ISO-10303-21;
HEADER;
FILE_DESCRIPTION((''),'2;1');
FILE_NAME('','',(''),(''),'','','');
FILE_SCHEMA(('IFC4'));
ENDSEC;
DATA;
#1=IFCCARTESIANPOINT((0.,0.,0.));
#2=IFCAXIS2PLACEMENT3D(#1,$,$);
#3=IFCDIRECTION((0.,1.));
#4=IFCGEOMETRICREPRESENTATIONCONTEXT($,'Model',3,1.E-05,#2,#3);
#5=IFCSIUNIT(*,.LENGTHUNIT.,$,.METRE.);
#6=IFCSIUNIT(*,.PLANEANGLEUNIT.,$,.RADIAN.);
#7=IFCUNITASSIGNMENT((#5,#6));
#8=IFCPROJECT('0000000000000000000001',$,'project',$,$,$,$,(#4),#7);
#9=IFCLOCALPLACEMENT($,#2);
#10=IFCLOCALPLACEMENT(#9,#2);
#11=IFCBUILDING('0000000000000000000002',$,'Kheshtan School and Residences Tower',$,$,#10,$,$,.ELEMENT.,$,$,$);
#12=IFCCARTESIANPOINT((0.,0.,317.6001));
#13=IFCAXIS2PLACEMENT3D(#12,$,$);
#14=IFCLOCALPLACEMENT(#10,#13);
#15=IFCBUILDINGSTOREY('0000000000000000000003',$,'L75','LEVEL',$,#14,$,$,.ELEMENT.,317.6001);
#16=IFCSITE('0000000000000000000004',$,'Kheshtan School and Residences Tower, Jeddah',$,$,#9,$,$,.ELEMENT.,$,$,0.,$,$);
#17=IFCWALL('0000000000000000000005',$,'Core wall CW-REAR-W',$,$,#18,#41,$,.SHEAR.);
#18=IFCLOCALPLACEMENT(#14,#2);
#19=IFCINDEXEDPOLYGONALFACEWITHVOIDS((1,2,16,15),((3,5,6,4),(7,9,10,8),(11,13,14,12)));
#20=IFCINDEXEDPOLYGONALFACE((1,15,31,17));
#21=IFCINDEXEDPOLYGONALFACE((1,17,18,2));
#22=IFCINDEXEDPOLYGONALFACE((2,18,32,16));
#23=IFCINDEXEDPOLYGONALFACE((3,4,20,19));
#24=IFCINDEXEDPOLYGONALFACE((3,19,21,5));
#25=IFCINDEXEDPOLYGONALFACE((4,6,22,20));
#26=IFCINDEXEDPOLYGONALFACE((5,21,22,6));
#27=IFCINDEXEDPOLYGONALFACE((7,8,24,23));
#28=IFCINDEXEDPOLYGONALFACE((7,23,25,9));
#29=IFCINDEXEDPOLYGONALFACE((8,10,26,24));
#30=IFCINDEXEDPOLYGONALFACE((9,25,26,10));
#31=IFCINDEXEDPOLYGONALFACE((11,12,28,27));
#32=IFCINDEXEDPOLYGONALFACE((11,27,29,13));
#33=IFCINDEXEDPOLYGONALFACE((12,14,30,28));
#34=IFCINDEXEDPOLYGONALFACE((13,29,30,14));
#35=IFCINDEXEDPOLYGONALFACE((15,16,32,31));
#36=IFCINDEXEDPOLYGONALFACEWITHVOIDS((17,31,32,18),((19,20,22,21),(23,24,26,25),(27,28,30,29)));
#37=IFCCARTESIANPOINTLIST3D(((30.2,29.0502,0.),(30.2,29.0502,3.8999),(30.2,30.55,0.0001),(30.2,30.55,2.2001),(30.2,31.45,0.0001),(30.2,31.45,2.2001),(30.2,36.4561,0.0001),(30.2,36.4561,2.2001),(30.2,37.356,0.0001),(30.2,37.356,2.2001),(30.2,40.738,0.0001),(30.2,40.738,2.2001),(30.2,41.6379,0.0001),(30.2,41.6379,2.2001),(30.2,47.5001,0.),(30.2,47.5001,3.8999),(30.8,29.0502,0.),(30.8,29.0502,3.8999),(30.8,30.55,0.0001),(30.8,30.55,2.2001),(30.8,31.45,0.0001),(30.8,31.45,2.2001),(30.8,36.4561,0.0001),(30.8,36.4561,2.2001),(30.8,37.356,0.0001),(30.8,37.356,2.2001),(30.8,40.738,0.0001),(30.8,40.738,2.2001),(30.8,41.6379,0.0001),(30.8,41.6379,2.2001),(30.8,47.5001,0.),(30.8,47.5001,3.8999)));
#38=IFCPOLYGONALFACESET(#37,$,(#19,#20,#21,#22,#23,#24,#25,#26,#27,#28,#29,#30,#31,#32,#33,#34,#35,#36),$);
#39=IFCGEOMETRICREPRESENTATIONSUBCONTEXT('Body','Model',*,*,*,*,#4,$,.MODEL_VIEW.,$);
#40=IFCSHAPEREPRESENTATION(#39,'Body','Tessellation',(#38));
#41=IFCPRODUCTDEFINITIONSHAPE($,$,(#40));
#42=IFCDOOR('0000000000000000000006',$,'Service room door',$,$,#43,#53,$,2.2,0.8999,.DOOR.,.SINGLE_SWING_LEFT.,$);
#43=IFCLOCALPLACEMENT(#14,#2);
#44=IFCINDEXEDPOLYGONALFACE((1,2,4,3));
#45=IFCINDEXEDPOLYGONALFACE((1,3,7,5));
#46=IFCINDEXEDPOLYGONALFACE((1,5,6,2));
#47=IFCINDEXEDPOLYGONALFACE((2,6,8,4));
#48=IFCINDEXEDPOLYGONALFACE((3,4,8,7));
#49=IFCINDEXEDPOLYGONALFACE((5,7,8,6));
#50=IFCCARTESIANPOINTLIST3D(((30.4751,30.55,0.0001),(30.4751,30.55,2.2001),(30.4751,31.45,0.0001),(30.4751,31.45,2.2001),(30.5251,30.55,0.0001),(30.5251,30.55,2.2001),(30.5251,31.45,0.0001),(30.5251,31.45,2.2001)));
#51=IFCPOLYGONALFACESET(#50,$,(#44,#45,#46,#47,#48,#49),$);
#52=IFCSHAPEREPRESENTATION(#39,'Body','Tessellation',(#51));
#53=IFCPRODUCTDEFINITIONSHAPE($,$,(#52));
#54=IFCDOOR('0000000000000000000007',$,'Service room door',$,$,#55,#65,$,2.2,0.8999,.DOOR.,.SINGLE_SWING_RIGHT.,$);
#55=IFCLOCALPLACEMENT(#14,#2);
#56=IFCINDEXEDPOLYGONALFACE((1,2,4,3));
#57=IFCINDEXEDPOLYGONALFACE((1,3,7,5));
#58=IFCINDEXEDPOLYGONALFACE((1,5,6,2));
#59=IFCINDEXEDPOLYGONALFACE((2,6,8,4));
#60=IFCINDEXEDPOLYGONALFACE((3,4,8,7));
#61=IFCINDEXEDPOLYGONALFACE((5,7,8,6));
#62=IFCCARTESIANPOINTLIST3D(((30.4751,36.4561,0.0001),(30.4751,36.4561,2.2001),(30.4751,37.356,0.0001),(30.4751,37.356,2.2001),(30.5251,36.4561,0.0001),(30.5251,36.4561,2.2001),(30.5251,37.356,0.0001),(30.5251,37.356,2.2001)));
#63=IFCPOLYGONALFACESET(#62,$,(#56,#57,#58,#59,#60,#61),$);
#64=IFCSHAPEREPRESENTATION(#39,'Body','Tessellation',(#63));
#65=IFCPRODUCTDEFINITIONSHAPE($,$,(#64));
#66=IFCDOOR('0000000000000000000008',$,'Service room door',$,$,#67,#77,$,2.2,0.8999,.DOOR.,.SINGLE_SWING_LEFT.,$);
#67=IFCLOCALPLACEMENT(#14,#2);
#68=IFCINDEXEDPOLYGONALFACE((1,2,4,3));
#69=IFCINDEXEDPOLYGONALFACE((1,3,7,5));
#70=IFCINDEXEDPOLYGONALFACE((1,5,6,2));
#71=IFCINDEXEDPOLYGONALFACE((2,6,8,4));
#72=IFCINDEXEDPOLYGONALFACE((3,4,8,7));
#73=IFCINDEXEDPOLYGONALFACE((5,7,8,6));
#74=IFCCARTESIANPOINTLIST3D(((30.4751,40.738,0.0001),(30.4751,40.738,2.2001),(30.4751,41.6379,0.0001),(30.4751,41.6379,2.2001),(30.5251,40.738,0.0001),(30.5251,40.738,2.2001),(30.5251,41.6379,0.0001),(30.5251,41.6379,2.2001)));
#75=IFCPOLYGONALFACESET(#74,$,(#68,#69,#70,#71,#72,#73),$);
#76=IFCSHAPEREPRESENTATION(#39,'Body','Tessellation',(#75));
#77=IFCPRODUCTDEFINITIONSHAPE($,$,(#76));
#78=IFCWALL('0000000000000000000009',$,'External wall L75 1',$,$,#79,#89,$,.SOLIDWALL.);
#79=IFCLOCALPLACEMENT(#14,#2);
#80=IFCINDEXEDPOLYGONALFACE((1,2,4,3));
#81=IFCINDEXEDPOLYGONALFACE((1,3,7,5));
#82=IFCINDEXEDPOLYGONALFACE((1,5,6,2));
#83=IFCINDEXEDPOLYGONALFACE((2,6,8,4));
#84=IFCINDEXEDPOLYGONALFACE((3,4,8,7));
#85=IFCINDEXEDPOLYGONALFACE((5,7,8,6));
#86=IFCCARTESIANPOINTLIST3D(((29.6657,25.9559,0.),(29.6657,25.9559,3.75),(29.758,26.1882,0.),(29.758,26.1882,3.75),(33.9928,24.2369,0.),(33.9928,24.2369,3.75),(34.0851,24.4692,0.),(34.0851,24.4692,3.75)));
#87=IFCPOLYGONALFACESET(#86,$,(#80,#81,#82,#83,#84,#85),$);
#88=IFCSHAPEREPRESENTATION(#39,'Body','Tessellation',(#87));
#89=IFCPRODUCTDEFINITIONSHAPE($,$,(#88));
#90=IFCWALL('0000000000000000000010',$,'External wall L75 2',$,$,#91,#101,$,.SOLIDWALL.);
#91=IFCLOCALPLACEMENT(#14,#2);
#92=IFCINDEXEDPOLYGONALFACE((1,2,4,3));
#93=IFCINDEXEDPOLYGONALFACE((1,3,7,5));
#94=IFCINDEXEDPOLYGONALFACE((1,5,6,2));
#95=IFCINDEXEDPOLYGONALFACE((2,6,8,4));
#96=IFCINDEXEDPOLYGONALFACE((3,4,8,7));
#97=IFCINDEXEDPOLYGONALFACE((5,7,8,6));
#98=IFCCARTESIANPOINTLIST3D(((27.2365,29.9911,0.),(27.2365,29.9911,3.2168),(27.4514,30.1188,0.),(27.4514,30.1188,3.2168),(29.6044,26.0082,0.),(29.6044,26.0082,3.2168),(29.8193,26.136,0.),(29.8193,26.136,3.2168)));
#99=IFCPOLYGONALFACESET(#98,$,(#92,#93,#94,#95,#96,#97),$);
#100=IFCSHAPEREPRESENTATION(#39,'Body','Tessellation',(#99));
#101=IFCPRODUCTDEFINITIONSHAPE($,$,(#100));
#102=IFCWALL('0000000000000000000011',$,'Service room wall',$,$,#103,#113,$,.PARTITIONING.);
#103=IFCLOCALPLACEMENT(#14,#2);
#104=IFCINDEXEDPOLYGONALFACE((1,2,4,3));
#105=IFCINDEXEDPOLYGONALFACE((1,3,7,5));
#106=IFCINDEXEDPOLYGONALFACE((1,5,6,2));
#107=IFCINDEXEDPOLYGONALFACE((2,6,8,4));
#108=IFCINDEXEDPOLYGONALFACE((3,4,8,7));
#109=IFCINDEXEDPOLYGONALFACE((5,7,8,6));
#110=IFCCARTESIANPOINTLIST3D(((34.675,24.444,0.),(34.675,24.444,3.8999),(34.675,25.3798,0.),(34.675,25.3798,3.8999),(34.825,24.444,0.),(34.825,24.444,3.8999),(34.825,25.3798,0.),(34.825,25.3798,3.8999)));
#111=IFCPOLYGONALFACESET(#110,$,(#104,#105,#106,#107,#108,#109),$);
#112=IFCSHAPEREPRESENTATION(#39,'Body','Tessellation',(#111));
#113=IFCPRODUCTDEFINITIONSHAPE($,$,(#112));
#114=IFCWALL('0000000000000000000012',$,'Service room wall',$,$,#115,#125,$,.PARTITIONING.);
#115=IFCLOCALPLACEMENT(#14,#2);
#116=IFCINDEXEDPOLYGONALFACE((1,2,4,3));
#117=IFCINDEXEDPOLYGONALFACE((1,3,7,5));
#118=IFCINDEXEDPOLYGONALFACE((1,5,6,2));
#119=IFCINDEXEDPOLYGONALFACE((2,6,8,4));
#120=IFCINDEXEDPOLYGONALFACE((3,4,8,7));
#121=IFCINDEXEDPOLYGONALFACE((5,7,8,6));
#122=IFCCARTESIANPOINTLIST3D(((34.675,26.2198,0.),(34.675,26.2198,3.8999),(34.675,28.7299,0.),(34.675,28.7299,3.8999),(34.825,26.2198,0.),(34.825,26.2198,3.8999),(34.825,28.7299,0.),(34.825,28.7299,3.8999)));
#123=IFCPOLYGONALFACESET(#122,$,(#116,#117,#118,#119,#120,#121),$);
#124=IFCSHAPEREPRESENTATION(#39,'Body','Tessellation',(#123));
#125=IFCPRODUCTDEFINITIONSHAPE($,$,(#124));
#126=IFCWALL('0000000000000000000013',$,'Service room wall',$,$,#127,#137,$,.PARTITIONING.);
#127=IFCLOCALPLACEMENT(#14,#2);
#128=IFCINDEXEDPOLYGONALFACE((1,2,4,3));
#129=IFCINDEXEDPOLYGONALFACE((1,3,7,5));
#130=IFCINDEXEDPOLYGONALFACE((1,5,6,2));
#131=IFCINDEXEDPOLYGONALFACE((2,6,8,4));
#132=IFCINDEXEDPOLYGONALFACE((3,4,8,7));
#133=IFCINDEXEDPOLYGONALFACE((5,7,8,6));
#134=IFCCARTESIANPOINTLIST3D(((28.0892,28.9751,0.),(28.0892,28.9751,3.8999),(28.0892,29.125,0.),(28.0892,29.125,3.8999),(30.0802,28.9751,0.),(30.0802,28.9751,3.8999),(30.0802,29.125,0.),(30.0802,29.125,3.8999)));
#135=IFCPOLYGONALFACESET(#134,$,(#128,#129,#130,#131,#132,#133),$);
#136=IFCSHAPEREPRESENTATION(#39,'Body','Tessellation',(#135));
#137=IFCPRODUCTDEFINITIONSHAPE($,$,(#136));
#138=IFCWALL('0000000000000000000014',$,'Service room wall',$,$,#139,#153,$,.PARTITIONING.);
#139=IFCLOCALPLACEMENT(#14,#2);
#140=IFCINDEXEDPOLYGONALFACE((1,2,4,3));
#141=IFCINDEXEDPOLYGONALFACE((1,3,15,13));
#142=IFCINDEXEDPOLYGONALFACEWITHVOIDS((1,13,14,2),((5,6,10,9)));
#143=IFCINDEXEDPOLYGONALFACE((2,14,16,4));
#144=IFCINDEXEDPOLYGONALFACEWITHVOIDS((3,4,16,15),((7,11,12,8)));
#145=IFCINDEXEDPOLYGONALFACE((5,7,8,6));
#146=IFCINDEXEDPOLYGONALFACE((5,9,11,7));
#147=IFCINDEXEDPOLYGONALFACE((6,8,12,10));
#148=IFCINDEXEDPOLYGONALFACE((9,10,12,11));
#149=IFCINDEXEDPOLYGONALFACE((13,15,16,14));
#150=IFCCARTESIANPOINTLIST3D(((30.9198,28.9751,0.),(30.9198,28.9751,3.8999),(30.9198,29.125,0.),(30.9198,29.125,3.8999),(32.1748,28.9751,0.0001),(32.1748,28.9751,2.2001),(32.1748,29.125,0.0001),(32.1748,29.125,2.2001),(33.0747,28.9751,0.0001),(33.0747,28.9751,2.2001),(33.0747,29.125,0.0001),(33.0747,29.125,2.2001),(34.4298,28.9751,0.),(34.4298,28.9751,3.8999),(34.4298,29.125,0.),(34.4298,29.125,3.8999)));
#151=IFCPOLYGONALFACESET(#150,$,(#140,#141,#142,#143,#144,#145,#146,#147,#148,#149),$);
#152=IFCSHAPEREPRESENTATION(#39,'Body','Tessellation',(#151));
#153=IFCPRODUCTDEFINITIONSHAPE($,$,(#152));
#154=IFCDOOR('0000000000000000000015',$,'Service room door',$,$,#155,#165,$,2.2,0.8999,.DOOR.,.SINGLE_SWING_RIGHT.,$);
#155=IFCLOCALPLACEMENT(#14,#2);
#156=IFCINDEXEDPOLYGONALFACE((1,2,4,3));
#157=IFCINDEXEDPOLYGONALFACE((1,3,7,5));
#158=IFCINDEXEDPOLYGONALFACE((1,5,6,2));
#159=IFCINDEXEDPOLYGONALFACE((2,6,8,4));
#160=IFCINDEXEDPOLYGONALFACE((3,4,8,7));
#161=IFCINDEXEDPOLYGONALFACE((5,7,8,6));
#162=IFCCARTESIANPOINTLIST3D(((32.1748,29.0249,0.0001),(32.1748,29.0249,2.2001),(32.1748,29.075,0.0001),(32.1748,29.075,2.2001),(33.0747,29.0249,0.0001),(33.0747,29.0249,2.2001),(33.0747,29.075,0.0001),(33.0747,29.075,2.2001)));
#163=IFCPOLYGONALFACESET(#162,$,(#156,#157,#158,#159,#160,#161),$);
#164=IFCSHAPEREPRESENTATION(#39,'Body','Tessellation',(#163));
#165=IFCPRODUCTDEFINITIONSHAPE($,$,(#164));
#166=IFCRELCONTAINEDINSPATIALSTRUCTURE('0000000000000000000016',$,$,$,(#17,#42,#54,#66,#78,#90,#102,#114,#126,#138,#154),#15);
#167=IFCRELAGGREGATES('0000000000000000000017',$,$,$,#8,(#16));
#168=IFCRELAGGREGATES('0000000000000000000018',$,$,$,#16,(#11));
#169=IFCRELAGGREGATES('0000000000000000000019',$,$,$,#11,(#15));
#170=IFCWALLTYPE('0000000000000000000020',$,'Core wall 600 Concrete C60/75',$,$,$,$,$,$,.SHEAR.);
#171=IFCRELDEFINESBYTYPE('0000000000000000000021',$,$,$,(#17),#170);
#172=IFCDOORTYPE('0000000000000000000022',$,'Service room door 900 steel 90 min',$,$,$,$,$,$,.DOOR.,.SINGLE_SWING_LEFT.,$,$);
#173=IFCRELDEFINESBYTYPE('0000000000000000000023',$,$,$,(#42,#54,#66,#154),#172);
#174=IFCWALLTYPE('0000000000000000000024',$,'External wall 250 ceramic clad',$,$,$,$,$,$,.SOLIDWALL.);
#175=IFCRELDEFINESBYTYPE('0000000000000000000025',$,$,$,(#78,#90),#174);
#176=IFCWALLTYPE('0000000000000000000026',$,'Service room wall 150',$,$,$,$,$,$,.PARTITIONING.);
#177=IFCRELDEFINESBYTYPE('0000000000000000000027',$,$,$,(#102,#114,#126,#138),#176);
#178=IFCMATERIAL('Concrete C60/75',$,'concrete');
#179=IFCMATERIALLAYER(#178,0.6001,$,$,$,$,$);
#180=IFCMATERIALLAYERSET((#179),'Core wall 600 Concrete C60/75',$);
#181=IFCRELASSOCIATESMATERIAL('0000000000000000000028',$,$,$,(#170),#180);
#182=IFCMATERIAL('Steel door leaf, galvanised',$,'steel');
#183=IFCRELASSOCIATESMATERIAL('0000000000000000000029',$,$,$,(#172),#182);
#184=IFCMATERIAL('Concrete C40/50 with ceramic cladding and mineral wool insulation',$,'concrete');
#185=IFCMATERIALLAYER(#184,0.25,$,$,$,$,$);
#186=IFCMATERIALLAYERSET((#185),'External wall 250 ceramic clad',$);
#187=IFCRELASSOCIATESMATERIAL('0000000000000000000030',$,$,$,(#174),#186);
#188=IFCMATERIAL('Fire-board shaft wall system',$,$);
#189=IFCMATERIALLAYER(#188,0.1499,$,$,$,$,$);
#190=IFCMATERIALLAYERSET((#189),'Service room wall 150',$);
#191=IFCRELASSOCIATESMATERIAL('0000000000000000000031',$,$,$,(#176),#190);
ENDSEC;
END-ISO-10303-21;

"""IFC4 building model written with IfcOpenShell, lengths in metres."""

from ifc_helpers import new_model, si_unit, direction, frame, frame_2d, origin, place, context, subcontext, project, spatial, rectangle, extrude, source, transform, mapped, material, layer, layer_set, type_object, element, fill, save


model = new_model("IFC4")

# Units and contexts
model_context = context("Model", 3, precision=1e-05, world=origin(), true_north=direction((0.0, 1.0)))
body_context = subcontext(model_context, "Body", "Model", "MODEL_VIEW")
ifc_project = project(units=[si_unit("LENGTHUNIT", "METRE"), si_unit("PLANEANGLEUNIT", "RADIAN")], contexts=[model_context])

# Site, building, storey
site_placement = place(None, origin())
site = spatial("IfcSite", under=ifc_project, at=site_placement, Name="Kheshtan School and Residences Tower, Jeddah", CompositionType="ELEMENT", RefElevation=0.0)
building_placement = place(site_placement, origin())
building = spatial("IfcBuilding", under=site, at=building_placement, Name="Kheshtan School and Residences Tower", CompositionType="ELEMENT")
storey_placement = place(building_placement, frame((0.0, 0.0, 317.6001)))
storey = spatial("IfcBuildingStorey", under=building, at=storey_placement, Name="L75", Description="LEVEL", CompositionType="ELEMENT", Elevation=317.6001)

# Shared definitions
ifc_material_1 = material(Name="Concrete C60/75", Category="concrete")
ifc_layer_1 = layer(ifc_material_1, 0.6001)
ifc_layer_set_1 = layer_set([ifc_layer_1], Name="Core wall 600 Concrete C60/75")
wall_type_1 = type_object("IfcWallType", Name="Core wall 600 Concrete C60/75", PredefinedType="SHEAR", material=ifc_layer_set_1)

# Wall, openings, doors
wall_1_placement = place(storey_placement, frame((30.5, 29.05, 0.0), z_axis=(0.0, 0.0, 1.0), x_axis=(0.0, 1.0, 0.0)))
wall_1 = element("IfcWall", 1, at=wall_1_placement, inside=storey, type_object=wall_type_1, Name="Core wall CW-REAR-W", PredefinedType="SHEAR", context=body_context, shape_type="SweptSolid", body=[
    extrude(rectangle(XDim=18.45, YDim=0.6001, at=frame_2d((9.2251, 0.0))), origin(), (0.0, 0.0, 1.0), 3.8999),
])
opening_1_placement = place(wall_1_placement, frame((1.5, 0.0, 0.0)))
opening_1 = element("IfcOpeningElement", 2, at=opening_1_placement, cuts=wall_1, PredefinedType="OPENING", context=body_context, shape_type="SweptSolid", body=[
    extrude(rectangle(XDim=0.8999, YDim=2.2, at=frame_2d((0.45, 1.1001))), frame((0.0, 0.3101, 0.0), z_axis=(0.0, -1.0, 0.0), x_axis=(1.0, 0.0, 0.0)), (0.0, 0.0, 1.0), 0.6201),
])
opening_2_placement = place(wall_1_placement, frame((7.406, 0.0, 0.0)))
opening_2 = element("IfcOpeningElement", 3, at=opening_2_placement, cuts=wall_1, PredefinedType="OPENING", context=body_context, shape_type="SweptSolid", body=[
    extrude(rectangle(XDim=0.8999, YDim=2.2, at=frame_2d((0.45, 1.1001))), frame((0.0, 0.3101, 0.0), z_axis=(0.0, -1.0, 0.0), x_axis=(1.0, 0.0, 0.0)), (0.0, 0.0, 1.0), 0.6201),
])
opening_3_placement = place(wall_1_placement, frame((11.688, 0.0, 0.0)))
opening_3 = element("IfcOpeningElement", 4, at=opening_3_placement, cuts=wall_1, PredefinedType="OPENING", context=body_context, shape_type="SweptSolid", body=[
    extrude(rectangle(XDim=0.8999, YDim=2.2, at=frame_2d((0.45, 1.1001))), frame((0.0, 0.3101, 0.0), z_axis=(0.0, -1.0, 0.0), x_axis=(1.0, 0.0, 0.0)), (0.0, 0.0, 1.0), 0.6201),
])
ifc_material_2 = material(Name="Steel door leaf, galvanised", Category="steel")
door_type = type_object("IfcDoorType", Name="Service room door 900 steel 90 min", OperationType="SINGLE_SWING_LEFT", PredefinedType="DOOR", material=ifc_material_2)
shared_shape = source(origin(), body_context, "Body", "SweptSolid", [
    extrude(rectangle(XDim=0.8999, YDim=2.2, at=frame_2d((0.45, 1.1001))), frame((0.0, 0.0249, 0.0), z_axis=(0.0, -1.0, 0.0), x_axis=(1.0, 0.0, 0.0)), (0.0, 0.0, 1.0), 0.05),
])
door_1_placement = place(opening_1_placement, origin())
door_1 = element("IfcDoor", 5, at=door_1_placement, inside=storey, type_object=door_type, Name="Service room door", OperationType="SINGLE_SWING_LEFT", OverallHeight=2.2, OverallWidth=0.8999, PredefinedType="DOOR", context=body_context, shape_type="MappedRepresentation", body=[
    mapped(shared_shape, transform((0.0, 0.0, 0.0), x_axis=(1.0, 0.0, 0.0), y_axis=(0.0, 1.0, 0.0), z_axis=(0.0, 0.0, 1.0), scale=1.0)),
])
fill(opening_1, door_1)
door_2_placement = place(opening_2_placement, origin())
door_2 = element("IfcDoor", 6, at=door_2_placement, inside=storey, type_object=door_type, Name="Service room door", OperationType="SINGLE_SWING_RIGHT", OverallHeight=2.2, OverallWidth=0.8999, PredefinedType="DOOR", context=body_context, shape_type="MappedRepresentation", body=[
    mapped(shared_shape, transform((0.0, 0.0, 0.0), x_axis=(1.0, 0.0, 0.0), y_axis=(0.0, 1.0, 0.0), z_axis=(0.0, 0.0, 1.0), scale=1.0)),
])
fill(opening_2, door_2)
door_3_placement = place(opening_3_placement, origin())
door_3 = element("IfcDoor", 7, at=door_3_placement, inside=storey, type_object=door_type, Name="Service room door", OperationType="SINGLE_SWING_LEFT", OverallHeight=2.2, OverallWidth=0.8999, PredefinedType="DOOR", context=body_context, shape_type="MappedRepresentation", body=[
    mapped(shared_shape, transform((0.0, 0.0, 0.0), x_axis=(1.0, 0.0, 0.0), y_axis=(0.0, 1.0, 0.0), z_axis=(0.0, 0.0, 1.0), scale=1.0)),
])
fill(opening_3, door_3)

# Walls
ifc_material_3 = material(Name="Concrete C40/50 with ceramic cladding and mineral wool insulation", Category="concrete")
ifc_layer_2 = layer(ifc_material_3, 0.25)
ifc_layer_set_2 = layer_set([ifc_layer_2], Name="External wall 250 ceramic clad")
wall_type_2 = type_object("IfcWallType", Name="External wall 250 ceramic clad", PredefinedType="SOLIDWALL", material=ifc_layer_set_2)
wall_2_placement = place(storey_placement, frame((34.0391, 24.353, 0.0), z_axis=(0.0, 0.0, 1.0), x_axis=(-0.929353, 0.369193, 0.0)))
element("IfcWall", 8, at=wall_2_placement, inside=storey, type_object=wall_type_2, Name="External wall L75 1", PredefinedType="SOLIDWALL", context=body_context, shape_type="SweptSolid", body=[
    extrude(rectangle(XDim=4.656, YDim=0.25, at=frame_2d((2.3281, 0.0))), origin(), (0.0, 0.0, 1.0), 3.75),
])
wall_3_placement = place(storey_placement, frame((29.7119, 26.072, 0.0), z_axis=(0.0, 0.0, 1.0), x_axis=(-0.511028, 0.859564, 0.0)))
element("IfcWall", 9, at=wall_3_placement, inside=storey, type_object=wall_type_2, Name="External wall L75 2", PredefinedType="SOLIDWALL", context=body_context, shape_type="SweptSolid", body=[
    extrude(rectangle(XDim=4.6335, YDim=0.25, at=frame_2d((2.3169, 0.0))), origin(), (0.0, 0.0, 1.0), 3.2168),
])
ifc_material_4 = material(Name="Fire-board shaft wall system")
ifc_layer_3 = layer(ifc_material_4, 0.1499)
ifc_layer_set_3 = layer_set([ifc_layer_3], Name="Service room wall 150")
wall_type_3 = type_object("IfcWallType", Name="Service room wall 150", PredefinedType="PARTITIONING", material=ifc_layer_set_3)
wall_4_placement = place(storey_placement, frame((34.75, 24.4441, 0.0), z_axis=(0.0, 0.0, 1.0), x_axis=(0.0, 1.0, 0.0)))
element("IfcWall", 10, at=wall_4_placement, inside=storey, type_object=wall_type_3, Name="Service room wall", PredefinedType="PARTITIONING", context=body_context, shape_type="SweptSolid", body=[
    extrude(rectangle(XDim=0.9358, YDim=0.1499, at=frame_2d((0.4678, 0.0))), origin(), (0.0, 0.0, 1.0), 3.8999),
])
wall_5_placement = place(storey_placement, frame((34.75, 26.22, 0.0), z_axis=(0.0, 0.0, 1.0), x_axis=(0.0, 1.0, 0.0)))
element("IfcWall", 11, at=wall_5_placement, inside=storey, type_object=wall_type_3, Name="Service room wall", PredefinedType="PARTITIONING", context=body_context, shape_type="SweptSolid", body=[
    extrude(rectangle(XDim=2.51, YDim=0.1499, at=frame_2d((1.2549, 0.0))), origin(), (0.0, 0.0, 1.0), 3.8999),
])
wall_6_placement = place(storey_placement, frame((28.0891, 29.05, 0.0), z_axis=(0.0, 0.0, 1.0), x_axis=(1.0, 0.0, 0.0)))
element("IfcWall", 12, at=wall_6_placement, inside=storey, type_object=wall_type_3, Name="Service room wall", PredefinedType="PARTITIONING", context=body_context, shape_type="SweptSolid", body=[
    extrude(rectangle(XDim=1.991, YDim=0.1499, at=frame_2d((0.9956, 0.0))), origin(), (0.0, 0.0, 1.0), 3.8999),
])

# Wall, opening, door
wall_7_placement = place(storey_placement, frame((30.9199, 29.05, 0.0), z_axis=(0.0, 0.0, 1.0), x_axis=(1.0, 0.0, 0.0)))
wall_7 = element("IfcWall", 13, at=wall_7_placement, inside=storey, type_object=wall_type_3, Name="Service room wall", PredefinedType="PARTITIONING", context=body_context, shape_type="SweptSolid", body=[
    extrude(rectangle(XDim=3.51, YDim=0.1499, at=frame_2d((1.7549, 0.0))), origin(), (0.0, 0.0, 1.0), 3.8999),
])
opening_4_placement = place(wall_7_placement, frame((1.2549, 0.0, 0.0)))
opening_4 = element("IfcOpeningElement", 14, at=opening_4_placement, cuts=wall_7, PredefinedType="OPENING", context=body_context, shape_type="SweptSolid", body=[
    extrude(rectangle(XDim=0.8999, YDim=2.2, at=frame_2d((0.45, 1.1001))), frame((0.0, 0.085, 0.0), z_axis=(0.0, -1.0, 0.0), x_axis=(1.0, 0.0, 0.0)), (0.0, 0.0, 1.0), 0.1699),
])
door_4_placement = place(opening_4_placement, origin())
door_4 = element("IfcDoor", 15, at=door_4_placement, inside=storey, type_object=door_type, Name="Service room door", OperationType="SINGLE_SWING_RIGHT", OverallHeight=2.2, OverallWidth=0.8999, PredefinedType="DOOR", context=body_context, shape_type="MappedRepresentation", body=[
    mapped(shared_shape, transform((0.0, 0.0, 0.0), x_axis=(1.0, 0.0, 0.0), y_axis=(0.0, 1.0, 0.0), z_axis=(0.0, 0.0, 1.0), scale=1.0)),
])
fill(opening_4, door_4)

save(model, "model.ifc")
